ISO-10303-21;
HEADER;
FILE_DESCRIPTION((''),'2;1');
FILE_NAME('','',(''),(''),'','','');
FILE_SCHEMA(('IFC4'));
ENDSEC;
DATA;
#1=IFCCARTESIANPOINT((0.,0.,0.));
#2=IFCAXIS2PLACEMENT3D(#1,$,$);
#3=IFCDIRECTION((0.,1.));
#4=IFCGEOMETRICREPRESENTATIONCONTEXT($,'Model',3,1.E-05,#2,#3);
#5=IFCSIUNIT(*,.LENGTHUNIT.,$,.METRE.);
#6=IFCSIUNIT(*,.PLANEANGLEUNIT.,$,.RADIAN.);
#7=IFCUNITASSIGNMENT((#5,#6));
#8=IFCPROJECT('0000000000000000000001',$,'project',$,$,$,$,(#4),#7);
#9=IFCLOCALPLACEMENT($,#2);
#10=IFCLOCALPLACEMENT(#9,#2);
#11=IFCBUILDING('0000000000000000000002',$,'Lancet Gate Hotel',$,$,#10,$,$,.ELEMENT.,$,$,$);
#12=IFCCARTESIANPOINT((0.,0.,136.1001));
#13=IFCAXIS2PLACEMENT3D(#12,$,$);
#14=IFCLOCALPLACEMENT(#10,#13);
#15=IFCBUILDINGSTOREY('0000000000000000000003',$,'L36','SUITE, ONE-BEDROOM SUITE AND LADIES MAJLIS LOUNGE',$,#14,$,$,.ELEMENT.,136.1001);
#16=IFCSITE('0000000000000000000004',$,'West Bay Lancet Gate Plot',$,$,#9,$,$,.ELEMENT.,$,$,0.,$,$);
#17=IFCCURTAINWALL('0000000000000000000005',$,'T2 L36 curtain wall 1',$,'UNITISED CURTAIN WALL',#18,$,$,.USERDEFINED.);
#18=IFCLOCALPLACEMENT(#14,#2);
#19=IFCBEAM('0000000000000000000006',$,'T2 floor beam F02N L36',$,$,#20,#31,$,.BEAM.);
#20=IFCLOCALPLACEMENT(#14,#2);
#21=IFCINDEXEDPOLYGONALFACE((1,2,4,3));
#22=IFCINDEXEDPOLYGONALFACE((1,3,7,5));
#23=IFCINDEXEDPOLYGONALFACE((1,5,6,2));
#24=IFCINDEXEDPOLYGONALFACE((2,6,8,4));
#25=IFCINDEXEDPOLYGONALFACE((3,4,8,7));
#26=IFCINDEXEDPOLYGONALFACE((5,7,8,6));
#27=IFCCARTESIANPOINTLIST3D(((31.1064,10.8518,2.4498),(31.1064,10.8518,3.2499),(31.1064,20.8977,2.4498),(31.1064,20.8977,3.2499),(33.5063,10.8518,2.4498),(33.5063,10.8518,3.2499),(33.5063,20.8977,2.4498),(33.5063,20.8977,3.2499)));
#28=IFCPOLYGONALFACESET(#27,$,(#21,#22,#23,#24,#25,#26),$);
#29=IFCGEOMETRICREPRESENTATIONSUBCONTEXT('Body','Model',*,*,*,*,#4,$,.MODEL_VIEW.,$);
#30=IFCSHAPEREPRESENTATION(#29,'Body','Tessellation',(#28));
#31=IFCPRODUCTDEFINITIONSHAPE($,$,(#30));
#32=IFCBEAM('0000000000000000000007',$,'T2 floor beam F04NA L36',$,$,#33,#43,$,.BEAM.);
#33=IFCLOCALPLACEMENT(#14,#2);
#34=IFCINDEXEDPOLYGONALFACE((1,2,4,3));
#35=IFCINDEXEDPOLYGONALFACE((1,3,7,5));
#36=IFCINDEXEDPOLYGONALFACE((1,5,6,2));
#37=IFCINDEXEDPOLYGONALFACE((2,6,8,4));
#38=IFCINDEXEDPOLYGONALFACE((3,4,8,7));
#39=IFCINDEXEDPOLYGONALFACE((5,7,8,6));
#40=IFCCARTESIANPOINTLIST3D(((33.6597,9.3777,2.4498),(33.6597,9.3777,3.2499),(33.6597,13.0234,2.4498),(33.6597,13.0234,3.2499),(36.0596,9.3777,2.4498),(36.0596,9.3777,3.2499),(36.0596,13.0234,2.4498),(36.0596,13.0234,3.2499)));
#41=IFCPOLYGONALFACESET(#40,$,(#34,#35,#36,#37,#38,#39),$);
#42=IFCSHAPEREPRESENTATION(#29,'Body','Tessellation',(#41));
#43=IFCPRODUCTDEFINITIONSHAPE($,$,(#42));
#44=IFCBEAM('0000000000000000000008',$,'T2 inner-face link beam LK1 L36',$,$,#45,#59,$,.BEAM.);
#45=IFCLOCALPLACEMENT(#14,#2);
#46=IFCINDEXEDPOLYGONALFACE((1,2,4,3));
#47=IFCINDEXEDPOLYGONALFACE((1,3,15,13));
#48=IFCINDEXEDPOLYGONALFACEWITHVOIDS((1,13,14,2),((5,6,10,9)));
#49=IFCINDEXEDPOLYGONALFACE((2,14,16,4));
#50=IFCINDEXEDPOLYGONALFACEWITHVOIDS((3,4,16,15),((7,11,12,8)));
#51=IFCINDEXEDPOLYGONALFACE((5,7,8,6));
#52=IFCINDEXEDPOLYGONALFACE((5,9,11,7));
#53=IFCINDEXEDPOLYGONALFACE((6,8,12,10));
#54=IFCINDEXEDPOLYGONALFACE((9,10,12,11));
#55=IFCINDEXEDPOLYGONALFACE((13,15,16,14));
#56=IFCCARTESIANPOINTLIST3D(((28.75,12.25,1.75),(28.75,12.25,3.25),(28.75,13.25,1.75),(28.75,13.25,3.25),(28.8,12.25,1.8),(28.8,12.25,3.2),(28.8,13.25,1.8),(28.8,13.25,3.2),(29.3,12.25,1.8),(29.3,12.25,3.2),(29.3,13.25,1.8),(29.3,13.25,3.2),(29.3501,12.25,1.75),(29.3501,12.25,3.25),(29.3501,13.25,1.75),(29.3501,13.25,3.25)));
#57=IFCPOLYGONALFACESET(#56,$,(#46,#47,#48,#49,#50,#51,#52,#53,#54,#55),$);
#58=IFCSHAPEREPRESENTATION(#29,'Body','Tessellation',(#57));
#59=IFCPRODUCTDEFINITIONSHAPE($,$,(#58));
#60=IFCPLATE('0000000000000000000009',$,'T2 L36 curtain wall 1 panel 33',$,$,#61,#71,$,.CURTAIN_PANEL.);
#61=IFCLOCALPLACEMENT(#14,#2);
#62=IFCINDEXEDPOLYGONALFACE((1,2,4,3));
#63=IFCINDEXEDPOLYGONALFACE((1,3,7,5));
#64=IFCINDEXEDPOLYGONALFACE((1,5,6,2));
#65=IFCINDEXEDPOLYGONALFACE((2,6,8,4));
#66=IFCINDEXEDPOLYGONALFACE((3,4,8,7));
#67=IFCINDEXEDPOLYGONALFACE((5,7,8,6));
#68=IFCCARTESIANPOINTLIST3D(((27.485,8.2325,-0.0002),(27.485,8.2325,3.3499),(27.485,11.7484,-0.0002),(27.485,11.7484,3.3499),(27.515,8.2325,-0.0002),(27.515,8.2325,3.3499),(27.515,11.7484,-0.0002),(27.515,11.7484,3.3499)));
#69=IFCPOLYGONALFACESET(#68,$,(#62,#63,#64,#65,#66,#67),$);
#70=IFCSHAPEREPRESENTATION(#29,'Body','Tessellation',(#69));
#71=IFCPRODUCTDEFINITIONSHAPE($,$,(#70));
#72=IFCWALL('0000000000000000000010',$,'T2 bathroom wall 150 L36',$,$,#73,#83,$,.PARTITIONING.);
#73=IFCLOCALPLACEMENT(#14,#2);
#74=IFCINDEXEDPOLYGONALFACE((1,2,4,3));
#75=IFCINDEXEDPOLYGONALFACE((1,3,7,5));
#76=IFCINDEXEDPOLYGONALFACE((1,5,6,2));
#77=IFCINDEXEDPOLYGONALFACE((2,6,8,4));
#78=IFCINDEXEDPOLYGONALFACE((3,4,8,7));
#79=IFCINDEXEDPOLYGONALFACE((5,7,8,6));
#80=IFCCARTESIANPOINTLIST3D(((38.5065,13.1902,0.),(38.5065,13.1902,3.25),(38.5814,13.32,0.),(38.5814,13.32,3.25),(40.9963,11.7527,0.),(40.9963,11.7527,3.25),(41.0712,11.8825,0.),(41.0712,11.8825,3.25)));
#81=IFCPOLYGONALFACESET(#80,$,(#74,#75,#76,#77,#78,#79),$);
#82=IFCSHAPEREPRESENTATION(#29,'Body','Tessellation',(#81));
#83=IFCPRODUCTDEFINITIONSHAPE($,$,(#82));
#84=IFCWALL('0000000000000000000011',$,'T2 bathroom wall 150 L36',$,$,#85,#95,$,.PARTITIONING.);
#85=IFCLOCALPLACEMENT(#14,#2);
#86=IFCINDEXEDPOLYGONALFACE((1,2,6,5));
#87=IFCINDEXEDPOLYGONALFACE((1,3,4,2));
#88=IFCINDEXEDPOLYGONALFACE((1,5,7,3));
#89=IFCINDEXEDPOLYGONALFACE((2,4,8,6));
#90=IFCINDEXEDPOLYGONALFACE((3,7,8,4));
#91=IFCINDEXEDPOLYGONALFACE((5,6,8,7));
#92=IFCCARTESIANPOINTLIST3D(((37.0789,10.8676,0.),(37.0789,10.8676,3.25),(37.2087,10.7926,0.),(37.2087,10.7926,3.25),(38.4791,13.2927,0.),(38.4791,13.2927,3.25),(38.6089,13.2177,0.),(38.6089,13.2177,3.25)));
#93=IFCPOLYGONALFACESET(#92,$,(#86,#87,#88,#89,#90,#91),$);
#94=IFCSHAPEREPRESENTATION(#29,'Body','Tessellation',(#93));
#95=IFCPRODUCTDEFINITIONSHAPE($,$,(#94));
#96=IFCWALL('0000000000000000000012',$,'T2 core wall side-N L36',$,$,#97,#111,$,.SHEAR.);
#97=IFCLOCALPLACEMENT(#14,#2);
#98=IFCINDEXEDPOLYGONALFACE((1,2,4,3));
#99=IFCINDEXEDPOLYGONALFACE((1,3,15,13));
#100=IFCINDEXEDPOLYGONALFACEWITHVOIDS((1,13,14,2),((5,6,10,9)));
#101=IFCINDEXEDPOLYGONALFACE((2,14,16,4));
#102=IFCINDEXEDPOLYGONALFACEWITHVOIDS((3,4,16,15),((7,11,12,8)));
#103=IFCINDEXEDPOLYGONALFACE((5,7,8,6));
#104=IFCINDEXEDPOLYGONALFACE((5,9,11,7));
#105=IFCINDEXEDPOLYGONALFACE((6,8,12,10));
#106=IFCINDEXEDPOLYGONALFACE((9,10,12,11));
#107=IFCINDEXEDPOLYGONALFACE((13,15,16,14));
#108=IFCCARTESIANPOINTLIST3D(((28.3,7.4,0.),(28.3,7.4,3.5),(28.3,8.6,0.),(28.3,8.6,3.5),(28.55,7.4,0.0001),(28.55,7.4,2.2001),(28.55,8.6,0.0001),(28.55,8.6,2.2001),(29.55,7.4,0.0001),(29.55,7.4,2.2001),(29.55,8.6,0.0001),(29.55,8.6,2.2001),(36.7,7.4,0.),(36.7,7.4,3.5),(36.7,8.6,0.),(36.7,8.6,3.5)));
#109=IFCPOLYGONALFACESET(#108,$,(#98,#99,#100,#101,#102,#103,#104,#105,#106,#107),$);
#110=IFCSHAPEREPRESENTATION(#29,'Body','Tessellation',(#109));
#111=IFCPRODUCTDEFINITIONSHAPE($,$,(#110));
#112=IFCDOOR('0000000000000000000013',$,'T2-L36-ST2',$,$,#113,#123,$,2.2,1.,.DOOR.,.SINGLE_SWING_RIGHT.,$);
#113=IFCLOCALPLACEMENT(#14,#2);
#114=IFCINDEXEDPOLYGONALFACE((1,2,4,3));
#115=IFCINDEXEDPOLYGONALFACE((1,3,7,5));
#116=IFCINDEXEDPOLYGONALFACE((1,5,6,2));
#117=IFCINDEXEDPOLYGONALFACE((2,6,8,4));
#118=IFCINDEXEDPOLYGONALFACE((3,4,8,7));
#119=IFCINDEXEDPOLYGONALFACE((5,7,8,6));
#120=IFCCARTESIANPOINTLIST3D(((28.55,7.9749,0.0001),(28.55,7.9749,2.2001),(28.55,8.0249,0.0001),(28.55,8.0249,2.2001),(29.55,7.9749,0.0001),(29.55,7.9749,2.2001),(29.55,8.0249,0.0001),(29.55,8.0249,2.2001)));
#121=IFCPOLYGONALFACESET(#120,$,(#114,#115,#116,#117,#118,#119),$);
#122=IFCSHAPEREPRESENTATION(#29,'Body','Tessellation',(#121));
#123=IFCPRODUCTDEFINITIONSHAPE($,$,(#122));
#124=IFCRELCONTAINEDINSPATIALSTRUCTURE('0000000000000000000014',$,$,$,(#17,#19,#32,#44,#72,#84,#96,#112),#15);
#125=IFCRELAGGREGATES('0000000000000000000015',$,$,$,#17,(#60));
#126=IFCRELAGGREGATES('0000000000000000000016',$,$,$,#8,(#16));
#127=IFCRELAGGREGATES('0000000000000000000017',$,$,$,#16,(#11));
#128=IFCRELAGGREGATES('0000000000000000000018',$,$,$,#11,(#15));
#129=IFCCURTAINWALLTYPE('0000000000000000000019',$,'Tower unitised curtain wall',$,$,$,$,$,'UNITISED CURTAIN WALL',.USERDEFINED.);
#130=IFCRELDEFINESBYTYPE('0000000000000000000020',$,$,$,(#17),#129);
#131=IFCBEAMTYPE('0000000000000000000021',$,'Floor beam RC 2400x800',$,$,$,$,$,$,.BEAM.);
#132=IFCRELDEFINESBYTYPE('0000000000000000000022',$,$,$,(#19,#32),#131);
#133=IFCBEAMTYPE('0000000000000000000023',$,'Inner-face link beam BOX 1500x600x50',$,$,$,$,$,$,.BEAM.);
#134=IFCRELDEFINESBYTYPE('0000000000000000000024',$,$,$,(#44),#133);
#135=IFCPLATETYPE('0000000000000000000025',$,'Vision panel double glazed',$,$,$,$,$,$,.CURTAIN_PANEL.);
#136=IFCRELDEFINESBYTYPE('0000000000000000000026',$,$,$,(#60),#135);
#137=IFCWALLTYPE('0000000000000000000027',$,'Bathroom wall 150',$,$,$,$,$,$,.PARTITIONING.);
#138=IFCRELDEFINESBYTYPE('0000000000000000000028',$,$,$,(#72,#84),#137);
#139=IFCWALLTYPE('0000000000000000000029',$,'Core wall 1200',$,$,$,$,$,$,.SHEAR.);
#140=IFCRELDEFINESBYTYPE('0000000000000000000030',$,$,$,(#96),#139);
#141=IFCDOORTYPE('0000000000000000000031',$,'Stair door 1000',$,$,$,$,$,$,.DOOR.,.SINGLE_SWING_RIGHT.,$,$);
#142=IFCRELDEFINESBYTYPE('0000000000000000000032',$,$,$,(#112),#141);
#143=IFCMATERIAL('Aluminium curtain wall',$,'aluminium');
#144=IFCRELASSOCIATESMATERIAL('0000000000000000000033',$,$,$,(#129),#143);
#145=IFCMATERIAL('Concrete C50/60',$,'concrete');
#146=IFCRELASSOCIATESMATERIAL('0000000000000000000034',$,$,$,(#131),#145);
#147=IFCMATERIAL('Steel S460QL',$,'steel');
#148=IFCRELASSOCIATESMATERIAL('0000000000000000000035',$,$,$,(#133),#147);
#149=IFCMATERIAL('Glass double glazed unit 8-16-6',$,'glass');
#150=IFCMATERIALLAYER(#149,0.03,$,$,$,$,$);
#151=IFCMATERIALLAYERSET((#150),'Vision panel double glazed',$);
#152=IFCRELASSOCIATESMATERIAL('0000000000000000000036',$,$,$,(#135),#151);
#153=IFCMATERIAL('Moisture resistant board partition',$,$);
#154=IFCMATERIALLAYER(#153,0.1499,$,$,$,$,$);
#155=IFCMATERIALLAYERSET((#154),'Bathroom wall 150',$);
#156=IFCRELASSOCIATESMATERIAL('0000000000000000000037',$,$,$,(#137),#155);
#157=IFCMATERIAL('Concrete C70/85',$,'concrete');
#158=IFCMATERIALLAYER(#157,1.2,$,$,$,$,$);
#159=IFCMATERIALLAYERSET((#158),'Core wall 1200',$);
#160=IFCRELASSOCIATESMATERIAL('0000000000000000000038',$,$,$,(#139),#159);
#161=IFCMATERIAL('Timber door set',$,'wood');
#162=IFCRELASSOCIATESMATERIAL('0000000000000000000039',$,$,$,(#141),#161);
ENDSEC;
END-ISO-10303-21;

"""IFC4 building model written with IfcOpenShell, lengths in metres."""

from ifc_helpers import new_model, si_unit, direction, frame, frame_2d, origin, origin_2d, place, context, subcontext, project, spatial, rectangle, hollow_rectangle, extrude, material, layer, layer_set, material_profile, profile_set, type_object, element, fill, aggregate, save


model = new_model("IFC4")

# Units and contexts
model_context = context("Model", 3, precision=1e-05, world=origin(), true_north=direction((0.0, 1.0)))
body_context = subcontext(model_context, "Body", "Model", "MODEL_VIEW")
ifc_project = project(units=[si_unit("LENGTHUNIT", "METRE"), si_unit("PLANEANGLEUNIT", "RADIAN")], contexts=[model_context])

# Site, building, storey
site_placement = place(None, origin())
site = spatial("IfcSite", under=ifc_project, at=site_placement, Name="West Bay Lancet Gate Plot", CompositionType="ELEMENT", RefElevation=0.0)
building_placement = place(site_placement, origin())
building = spatial("IfcBuilding", under=site, at=building_placement, Name="Lancet Gate Hotel", CompositionType="ELEMENT")
storey_placement = place(building_placement, frame((0.0, 0.0, 136.1001)))
storey = spatial("IfcBuildingStorey", under=building, at=storey_placement, Name="L36", Description="SUITE, ONE-BEDROOM SUITE AND LADIES MAJLIS LOUNGE", CompositionType="ELEMENT", Elevation=136.1001)

# Curtain wall
ifc_material_1 = material(Name="Aluminium curtain wall", Category="aluminium")
curtain_wall_type = type_object("IfcCurtainWallType", Name="Tower unitised curtain wall", ElementType="UNITISED CURTAIN WALL", PredefinedType="USERDEFINED", material=ifc_material_1)
curtain_wall_placement = place(storey_placement, origin())
curtain_wall = element("IfcCurtainWall", 1, at=curtain_wall_placement, inside=storey, type_object=curtain_wall_type, Name="T2 L36 curtain wall 1", ObjectType="UNITISED CURTAIN WALL", PredefinedType="USERDEFINED")

# Beams
ifc_material_2 = material(Name="Concrete C50/60", Category="concrete")
ifc_material_profile_1 = material_profile(ifc_material_2, rectangle(XDim=2.3999, YDim=0.8, at=origin_2d()), Name="RC 2400x800")
ifc_profile_set_1 = profile_set([ifc_material_profile_1], Name="Concrete C50/60")
beam_type_1 = type_object("IfcBeamType", Name="Floor beam RC 2400x800", PredefinedType="BEAM", material=ifc_profile_set_1)
beam_1_placement = place(storey_placement, frame((32.3064, 10.8518, 2.8499), z_axis=(0.0, 1.0, 0.0), x_axis=(-1.0, 0.0, 0.0)))
element("IfcBeam", 2, at=beam_1_placement, inside=storey, type_object=beam_type_1, Name="T2 floor beam F02N L36", PredefinedType="BEAM", context=body_context, shape_type="SweptSolid", body=[
    extrude(rectangle(XDim=2.3999, YDim=0.8, at=origin_2d()), origin(), (0.0, 0.0, 1.0), 10.0459),
])
beam_2_placement = place(storey_placement, frame((34.8596, 9.3777, 2.8499), z_axis=(0.0, 1.0, 0.0), x_axis=(-1.0, 0.0, 0.0)))
element("IfcBeam", 3, at=beam_2_placement, inside=storey, type_object=beam_type_1, Name="T2 floor beam F04NA L36", PredefinedType="BEAM", context=body_context, shape_type="SweptSolid", body=[
    extrude(rectangle(XDim=2.3999, YDim=0.8, at=origin_2d()), origin(), (0.0, 0.0, 1.0), 3.6458),
])
ifc_material_3 = material(Name="Steel S460QL", Category="steel")
ifc_material_profile_2 = material_profile(ifc_material_3, hollow_rectangle(XDim=0.6001, YDim=1.5, WallThickness=0.05, at=origin_2d()), Name="BOX 1500x600x50")
ifc_profile_set_2 = profile_set([ifc_material_profile_2], Name="Steel S460QL")
beam_type_2 = type_object("IfcBeamType", Name="Inner-face link beam BOX 1500x600x50", PredefinedType="BEAM", material=ifc_profile_set_2)
beam_3_placement = place(storey_placement, frame((29.05, 12.25, 2.5), z_axis=(0.0, 1.0, 0.0), x_axis=(-1.0, 0.0, 0.0)))
element("IfcBeam", 4, at=beam_3_placement, inside=storey, type_object=beam_type_2, Name="T2 inner-face link beam LK1 L36", PredefinedType="BEAM", context=body_context, shape_type="SweptSolid", body=[
    extrude(hollow_rectangle(XDim=0.6001, YDim=1.5, WallThickness=0.05, at=origin_2d()), origin(), (0.0, 0.0, 1.0), 1.0),
])

# Plate
ifc_material_4 = material(Name="Glass double glazed unit 8-16-6", Category="glass")
ifc_layer_1 = layer(ifc_material_4, 0.03)
ifc_layer_set_1 = layer_set([ifc_layer_1], Name="Vision panel double glazed")
plate_type = type_object("IfcPlateType", Name="Vision panel double glazed", PredefinedType="CURTAIN_PANEL", material=ifc_layer_set_1)
plate_placement = place(storey_placement, frame((27.5, 9.9905, -0.0002), z_axis=(0.0, 0.0, 1.0), x_axis=(0.0, -1.0, 0.0)))
plate = element("IfcPlate", 5, at=plate_placement, type_object=plate_type, Name="T2 L36 curtain wall 1 panel 33", PredefinedType="CURTAIN_PANEL", context=body_context, shape_type="SweptSolid", body=[
    extrude(rectangle(XDim=3.5159, YDim=0.03, at=origin_2d()), origin(), (0.0, 0.0, 1.0), 3.3501),
])
aggregate(curtain_wall, [plate])

# Walls
ifc_material_5 = material(Name="Moisture resistant board partition")
ifc_layer_2 = layer(ifc_material_5, 0.1499)
ifc_layer_set_2 = layer_set([ifc_layer_2], Name="Bathroom wall 150")
wall_type_1 = type_object("IfcWallType", Name="Bathroom wall 150", PredefinedType="PARTITIONING", material=ifc_layer_set_2)
wall_1_placement = place(storey_placement, frame((38.5439, 13.2551, 0.0), z_axis=(0.0, 0.0, 1.0), x_axis=(0.866019, -0.500012, 0.0)))
element("IfcWall", 6, at=wall_1_placement, inside=storey, type_object=wall_type_1, Name="T2 bathroom wall 150 L36", PredefinedType="PARTITIONING", context=body_context, shape_type="SweptSolid", body=[
    extrude(rectangle(XDim=2.875, YDim=0.1499, at=frame_2d((1.4375, 0.0))), origin(), (0.0, 0.0, 1.0), 3.25),
])
wall_2_placement = place(storey_placement, frame((37.1438, 10.8301, 0.0), z_axis=(0.0, 0.0, 1.0), x_axis=(0.500012, 0.866019, 0.0)))
element("IfcWall", 7, at=wall_2_placement, inside=storey, type_object=wall_type_1, Name="T2 bathroom wall 150 L36", PredefinedType="PARTITIONING", context=body_context, shape_type="SweptSolid", body=[
    extrude(rectangle(XDim=2.8003, YDim=0.1499, at=frame_2d((1.4001, 0.0))), origin(), (0.0, 0.0, 1.0), 3.25),
])

# Wall, opening, door
ifc_material_6 = material(Name="Concrete C70/85", Category="concrete")
ifc_layer_3 = layer(ifc_material_6, 1.2)
ifc_layer_set_3 = layer_set([ifc_layer_3], Name="Core wall 1200")
wall_type_2 = type_object("IfcWallType", Name="Core wall 1200", PredefinedType="SHEAR", material=ifc_layer_set_3)
wall_3_placement = place(storey_placement, frame((28.3, 8.0, 0.0), z_axis=(0.0, 0.0, 1.0), x_axis=(1.0, 0.0, 0.0)))
wall_3 = element("IfcWall", 8, at=wall_3_placement, inside=storey, type_object=wall_type_2, Name="T2 core wall side-N L36", PredefinedType="SHEAR", context=body_context, shape_type="SweptSolid", body=[
    extrude(rectangle(XDim=8.3999, YDim=1.2, at=frame_2d((4.2, 0.0))), origin(), (0.0, 0.0, 1.0), 3.5),
])
opening_1_placement = place(wall_3_placement, frame((0.25, 0.0, 0.0)))
opening_1 = element("IfcOpeningElement", 9, at=opening_1_placement, cuts=wall_3, PredefinedType="OPENING", context=body_context, shape_type="SweptSolid", body=[
    extrude(rectangle(XDim=1.0, YDim=2.2, at=frame_2d((0.5, 1.1001))), frame((0.0, 0.6099, 0.0), z_axis=(0.0, -1.0, 0.0), x_axis=(1.0, 0.0, 0.0)), (0.0, 0.0, 1.0), 1.22),
])
ifc_material_7 = material(Name="Timber door set", Category="wood")
door_type_1 = type_object("IfcDoorType", Name="Stair door 1000", OperationType="SINGLE_SWING_RIGHT", PredefinedType="DOOR", material=ifc_material_7)
door_1_placement = place(opening_1_placement, origin())
door_1 = element("IfcDoor", 10, at=door_1_placement, inside=storey, type_object=door_type_1, Name="T2-L36-ST2", OperationType="SINGLE_SWING_RIGHT", OverallHeight=2.2, OverallWidth=1.0, PredefinedType="DOOR", context=body_context, shape_type="SweptSolid", body=[
    extrude(rectangle(XDim=1.0, YDim=2.2, at=frame_2d((0.5, 1.1001))), frame((0.0, 0.0249, 0.0), z_axis=(0.0, -1.0, 0.0), x_axis=(1.0, 0.0, 0.0)), (0.0, 0.0, 1.0), 0.05),
])
fill(opening_1, door_1)

save(model, "model.ifc")
